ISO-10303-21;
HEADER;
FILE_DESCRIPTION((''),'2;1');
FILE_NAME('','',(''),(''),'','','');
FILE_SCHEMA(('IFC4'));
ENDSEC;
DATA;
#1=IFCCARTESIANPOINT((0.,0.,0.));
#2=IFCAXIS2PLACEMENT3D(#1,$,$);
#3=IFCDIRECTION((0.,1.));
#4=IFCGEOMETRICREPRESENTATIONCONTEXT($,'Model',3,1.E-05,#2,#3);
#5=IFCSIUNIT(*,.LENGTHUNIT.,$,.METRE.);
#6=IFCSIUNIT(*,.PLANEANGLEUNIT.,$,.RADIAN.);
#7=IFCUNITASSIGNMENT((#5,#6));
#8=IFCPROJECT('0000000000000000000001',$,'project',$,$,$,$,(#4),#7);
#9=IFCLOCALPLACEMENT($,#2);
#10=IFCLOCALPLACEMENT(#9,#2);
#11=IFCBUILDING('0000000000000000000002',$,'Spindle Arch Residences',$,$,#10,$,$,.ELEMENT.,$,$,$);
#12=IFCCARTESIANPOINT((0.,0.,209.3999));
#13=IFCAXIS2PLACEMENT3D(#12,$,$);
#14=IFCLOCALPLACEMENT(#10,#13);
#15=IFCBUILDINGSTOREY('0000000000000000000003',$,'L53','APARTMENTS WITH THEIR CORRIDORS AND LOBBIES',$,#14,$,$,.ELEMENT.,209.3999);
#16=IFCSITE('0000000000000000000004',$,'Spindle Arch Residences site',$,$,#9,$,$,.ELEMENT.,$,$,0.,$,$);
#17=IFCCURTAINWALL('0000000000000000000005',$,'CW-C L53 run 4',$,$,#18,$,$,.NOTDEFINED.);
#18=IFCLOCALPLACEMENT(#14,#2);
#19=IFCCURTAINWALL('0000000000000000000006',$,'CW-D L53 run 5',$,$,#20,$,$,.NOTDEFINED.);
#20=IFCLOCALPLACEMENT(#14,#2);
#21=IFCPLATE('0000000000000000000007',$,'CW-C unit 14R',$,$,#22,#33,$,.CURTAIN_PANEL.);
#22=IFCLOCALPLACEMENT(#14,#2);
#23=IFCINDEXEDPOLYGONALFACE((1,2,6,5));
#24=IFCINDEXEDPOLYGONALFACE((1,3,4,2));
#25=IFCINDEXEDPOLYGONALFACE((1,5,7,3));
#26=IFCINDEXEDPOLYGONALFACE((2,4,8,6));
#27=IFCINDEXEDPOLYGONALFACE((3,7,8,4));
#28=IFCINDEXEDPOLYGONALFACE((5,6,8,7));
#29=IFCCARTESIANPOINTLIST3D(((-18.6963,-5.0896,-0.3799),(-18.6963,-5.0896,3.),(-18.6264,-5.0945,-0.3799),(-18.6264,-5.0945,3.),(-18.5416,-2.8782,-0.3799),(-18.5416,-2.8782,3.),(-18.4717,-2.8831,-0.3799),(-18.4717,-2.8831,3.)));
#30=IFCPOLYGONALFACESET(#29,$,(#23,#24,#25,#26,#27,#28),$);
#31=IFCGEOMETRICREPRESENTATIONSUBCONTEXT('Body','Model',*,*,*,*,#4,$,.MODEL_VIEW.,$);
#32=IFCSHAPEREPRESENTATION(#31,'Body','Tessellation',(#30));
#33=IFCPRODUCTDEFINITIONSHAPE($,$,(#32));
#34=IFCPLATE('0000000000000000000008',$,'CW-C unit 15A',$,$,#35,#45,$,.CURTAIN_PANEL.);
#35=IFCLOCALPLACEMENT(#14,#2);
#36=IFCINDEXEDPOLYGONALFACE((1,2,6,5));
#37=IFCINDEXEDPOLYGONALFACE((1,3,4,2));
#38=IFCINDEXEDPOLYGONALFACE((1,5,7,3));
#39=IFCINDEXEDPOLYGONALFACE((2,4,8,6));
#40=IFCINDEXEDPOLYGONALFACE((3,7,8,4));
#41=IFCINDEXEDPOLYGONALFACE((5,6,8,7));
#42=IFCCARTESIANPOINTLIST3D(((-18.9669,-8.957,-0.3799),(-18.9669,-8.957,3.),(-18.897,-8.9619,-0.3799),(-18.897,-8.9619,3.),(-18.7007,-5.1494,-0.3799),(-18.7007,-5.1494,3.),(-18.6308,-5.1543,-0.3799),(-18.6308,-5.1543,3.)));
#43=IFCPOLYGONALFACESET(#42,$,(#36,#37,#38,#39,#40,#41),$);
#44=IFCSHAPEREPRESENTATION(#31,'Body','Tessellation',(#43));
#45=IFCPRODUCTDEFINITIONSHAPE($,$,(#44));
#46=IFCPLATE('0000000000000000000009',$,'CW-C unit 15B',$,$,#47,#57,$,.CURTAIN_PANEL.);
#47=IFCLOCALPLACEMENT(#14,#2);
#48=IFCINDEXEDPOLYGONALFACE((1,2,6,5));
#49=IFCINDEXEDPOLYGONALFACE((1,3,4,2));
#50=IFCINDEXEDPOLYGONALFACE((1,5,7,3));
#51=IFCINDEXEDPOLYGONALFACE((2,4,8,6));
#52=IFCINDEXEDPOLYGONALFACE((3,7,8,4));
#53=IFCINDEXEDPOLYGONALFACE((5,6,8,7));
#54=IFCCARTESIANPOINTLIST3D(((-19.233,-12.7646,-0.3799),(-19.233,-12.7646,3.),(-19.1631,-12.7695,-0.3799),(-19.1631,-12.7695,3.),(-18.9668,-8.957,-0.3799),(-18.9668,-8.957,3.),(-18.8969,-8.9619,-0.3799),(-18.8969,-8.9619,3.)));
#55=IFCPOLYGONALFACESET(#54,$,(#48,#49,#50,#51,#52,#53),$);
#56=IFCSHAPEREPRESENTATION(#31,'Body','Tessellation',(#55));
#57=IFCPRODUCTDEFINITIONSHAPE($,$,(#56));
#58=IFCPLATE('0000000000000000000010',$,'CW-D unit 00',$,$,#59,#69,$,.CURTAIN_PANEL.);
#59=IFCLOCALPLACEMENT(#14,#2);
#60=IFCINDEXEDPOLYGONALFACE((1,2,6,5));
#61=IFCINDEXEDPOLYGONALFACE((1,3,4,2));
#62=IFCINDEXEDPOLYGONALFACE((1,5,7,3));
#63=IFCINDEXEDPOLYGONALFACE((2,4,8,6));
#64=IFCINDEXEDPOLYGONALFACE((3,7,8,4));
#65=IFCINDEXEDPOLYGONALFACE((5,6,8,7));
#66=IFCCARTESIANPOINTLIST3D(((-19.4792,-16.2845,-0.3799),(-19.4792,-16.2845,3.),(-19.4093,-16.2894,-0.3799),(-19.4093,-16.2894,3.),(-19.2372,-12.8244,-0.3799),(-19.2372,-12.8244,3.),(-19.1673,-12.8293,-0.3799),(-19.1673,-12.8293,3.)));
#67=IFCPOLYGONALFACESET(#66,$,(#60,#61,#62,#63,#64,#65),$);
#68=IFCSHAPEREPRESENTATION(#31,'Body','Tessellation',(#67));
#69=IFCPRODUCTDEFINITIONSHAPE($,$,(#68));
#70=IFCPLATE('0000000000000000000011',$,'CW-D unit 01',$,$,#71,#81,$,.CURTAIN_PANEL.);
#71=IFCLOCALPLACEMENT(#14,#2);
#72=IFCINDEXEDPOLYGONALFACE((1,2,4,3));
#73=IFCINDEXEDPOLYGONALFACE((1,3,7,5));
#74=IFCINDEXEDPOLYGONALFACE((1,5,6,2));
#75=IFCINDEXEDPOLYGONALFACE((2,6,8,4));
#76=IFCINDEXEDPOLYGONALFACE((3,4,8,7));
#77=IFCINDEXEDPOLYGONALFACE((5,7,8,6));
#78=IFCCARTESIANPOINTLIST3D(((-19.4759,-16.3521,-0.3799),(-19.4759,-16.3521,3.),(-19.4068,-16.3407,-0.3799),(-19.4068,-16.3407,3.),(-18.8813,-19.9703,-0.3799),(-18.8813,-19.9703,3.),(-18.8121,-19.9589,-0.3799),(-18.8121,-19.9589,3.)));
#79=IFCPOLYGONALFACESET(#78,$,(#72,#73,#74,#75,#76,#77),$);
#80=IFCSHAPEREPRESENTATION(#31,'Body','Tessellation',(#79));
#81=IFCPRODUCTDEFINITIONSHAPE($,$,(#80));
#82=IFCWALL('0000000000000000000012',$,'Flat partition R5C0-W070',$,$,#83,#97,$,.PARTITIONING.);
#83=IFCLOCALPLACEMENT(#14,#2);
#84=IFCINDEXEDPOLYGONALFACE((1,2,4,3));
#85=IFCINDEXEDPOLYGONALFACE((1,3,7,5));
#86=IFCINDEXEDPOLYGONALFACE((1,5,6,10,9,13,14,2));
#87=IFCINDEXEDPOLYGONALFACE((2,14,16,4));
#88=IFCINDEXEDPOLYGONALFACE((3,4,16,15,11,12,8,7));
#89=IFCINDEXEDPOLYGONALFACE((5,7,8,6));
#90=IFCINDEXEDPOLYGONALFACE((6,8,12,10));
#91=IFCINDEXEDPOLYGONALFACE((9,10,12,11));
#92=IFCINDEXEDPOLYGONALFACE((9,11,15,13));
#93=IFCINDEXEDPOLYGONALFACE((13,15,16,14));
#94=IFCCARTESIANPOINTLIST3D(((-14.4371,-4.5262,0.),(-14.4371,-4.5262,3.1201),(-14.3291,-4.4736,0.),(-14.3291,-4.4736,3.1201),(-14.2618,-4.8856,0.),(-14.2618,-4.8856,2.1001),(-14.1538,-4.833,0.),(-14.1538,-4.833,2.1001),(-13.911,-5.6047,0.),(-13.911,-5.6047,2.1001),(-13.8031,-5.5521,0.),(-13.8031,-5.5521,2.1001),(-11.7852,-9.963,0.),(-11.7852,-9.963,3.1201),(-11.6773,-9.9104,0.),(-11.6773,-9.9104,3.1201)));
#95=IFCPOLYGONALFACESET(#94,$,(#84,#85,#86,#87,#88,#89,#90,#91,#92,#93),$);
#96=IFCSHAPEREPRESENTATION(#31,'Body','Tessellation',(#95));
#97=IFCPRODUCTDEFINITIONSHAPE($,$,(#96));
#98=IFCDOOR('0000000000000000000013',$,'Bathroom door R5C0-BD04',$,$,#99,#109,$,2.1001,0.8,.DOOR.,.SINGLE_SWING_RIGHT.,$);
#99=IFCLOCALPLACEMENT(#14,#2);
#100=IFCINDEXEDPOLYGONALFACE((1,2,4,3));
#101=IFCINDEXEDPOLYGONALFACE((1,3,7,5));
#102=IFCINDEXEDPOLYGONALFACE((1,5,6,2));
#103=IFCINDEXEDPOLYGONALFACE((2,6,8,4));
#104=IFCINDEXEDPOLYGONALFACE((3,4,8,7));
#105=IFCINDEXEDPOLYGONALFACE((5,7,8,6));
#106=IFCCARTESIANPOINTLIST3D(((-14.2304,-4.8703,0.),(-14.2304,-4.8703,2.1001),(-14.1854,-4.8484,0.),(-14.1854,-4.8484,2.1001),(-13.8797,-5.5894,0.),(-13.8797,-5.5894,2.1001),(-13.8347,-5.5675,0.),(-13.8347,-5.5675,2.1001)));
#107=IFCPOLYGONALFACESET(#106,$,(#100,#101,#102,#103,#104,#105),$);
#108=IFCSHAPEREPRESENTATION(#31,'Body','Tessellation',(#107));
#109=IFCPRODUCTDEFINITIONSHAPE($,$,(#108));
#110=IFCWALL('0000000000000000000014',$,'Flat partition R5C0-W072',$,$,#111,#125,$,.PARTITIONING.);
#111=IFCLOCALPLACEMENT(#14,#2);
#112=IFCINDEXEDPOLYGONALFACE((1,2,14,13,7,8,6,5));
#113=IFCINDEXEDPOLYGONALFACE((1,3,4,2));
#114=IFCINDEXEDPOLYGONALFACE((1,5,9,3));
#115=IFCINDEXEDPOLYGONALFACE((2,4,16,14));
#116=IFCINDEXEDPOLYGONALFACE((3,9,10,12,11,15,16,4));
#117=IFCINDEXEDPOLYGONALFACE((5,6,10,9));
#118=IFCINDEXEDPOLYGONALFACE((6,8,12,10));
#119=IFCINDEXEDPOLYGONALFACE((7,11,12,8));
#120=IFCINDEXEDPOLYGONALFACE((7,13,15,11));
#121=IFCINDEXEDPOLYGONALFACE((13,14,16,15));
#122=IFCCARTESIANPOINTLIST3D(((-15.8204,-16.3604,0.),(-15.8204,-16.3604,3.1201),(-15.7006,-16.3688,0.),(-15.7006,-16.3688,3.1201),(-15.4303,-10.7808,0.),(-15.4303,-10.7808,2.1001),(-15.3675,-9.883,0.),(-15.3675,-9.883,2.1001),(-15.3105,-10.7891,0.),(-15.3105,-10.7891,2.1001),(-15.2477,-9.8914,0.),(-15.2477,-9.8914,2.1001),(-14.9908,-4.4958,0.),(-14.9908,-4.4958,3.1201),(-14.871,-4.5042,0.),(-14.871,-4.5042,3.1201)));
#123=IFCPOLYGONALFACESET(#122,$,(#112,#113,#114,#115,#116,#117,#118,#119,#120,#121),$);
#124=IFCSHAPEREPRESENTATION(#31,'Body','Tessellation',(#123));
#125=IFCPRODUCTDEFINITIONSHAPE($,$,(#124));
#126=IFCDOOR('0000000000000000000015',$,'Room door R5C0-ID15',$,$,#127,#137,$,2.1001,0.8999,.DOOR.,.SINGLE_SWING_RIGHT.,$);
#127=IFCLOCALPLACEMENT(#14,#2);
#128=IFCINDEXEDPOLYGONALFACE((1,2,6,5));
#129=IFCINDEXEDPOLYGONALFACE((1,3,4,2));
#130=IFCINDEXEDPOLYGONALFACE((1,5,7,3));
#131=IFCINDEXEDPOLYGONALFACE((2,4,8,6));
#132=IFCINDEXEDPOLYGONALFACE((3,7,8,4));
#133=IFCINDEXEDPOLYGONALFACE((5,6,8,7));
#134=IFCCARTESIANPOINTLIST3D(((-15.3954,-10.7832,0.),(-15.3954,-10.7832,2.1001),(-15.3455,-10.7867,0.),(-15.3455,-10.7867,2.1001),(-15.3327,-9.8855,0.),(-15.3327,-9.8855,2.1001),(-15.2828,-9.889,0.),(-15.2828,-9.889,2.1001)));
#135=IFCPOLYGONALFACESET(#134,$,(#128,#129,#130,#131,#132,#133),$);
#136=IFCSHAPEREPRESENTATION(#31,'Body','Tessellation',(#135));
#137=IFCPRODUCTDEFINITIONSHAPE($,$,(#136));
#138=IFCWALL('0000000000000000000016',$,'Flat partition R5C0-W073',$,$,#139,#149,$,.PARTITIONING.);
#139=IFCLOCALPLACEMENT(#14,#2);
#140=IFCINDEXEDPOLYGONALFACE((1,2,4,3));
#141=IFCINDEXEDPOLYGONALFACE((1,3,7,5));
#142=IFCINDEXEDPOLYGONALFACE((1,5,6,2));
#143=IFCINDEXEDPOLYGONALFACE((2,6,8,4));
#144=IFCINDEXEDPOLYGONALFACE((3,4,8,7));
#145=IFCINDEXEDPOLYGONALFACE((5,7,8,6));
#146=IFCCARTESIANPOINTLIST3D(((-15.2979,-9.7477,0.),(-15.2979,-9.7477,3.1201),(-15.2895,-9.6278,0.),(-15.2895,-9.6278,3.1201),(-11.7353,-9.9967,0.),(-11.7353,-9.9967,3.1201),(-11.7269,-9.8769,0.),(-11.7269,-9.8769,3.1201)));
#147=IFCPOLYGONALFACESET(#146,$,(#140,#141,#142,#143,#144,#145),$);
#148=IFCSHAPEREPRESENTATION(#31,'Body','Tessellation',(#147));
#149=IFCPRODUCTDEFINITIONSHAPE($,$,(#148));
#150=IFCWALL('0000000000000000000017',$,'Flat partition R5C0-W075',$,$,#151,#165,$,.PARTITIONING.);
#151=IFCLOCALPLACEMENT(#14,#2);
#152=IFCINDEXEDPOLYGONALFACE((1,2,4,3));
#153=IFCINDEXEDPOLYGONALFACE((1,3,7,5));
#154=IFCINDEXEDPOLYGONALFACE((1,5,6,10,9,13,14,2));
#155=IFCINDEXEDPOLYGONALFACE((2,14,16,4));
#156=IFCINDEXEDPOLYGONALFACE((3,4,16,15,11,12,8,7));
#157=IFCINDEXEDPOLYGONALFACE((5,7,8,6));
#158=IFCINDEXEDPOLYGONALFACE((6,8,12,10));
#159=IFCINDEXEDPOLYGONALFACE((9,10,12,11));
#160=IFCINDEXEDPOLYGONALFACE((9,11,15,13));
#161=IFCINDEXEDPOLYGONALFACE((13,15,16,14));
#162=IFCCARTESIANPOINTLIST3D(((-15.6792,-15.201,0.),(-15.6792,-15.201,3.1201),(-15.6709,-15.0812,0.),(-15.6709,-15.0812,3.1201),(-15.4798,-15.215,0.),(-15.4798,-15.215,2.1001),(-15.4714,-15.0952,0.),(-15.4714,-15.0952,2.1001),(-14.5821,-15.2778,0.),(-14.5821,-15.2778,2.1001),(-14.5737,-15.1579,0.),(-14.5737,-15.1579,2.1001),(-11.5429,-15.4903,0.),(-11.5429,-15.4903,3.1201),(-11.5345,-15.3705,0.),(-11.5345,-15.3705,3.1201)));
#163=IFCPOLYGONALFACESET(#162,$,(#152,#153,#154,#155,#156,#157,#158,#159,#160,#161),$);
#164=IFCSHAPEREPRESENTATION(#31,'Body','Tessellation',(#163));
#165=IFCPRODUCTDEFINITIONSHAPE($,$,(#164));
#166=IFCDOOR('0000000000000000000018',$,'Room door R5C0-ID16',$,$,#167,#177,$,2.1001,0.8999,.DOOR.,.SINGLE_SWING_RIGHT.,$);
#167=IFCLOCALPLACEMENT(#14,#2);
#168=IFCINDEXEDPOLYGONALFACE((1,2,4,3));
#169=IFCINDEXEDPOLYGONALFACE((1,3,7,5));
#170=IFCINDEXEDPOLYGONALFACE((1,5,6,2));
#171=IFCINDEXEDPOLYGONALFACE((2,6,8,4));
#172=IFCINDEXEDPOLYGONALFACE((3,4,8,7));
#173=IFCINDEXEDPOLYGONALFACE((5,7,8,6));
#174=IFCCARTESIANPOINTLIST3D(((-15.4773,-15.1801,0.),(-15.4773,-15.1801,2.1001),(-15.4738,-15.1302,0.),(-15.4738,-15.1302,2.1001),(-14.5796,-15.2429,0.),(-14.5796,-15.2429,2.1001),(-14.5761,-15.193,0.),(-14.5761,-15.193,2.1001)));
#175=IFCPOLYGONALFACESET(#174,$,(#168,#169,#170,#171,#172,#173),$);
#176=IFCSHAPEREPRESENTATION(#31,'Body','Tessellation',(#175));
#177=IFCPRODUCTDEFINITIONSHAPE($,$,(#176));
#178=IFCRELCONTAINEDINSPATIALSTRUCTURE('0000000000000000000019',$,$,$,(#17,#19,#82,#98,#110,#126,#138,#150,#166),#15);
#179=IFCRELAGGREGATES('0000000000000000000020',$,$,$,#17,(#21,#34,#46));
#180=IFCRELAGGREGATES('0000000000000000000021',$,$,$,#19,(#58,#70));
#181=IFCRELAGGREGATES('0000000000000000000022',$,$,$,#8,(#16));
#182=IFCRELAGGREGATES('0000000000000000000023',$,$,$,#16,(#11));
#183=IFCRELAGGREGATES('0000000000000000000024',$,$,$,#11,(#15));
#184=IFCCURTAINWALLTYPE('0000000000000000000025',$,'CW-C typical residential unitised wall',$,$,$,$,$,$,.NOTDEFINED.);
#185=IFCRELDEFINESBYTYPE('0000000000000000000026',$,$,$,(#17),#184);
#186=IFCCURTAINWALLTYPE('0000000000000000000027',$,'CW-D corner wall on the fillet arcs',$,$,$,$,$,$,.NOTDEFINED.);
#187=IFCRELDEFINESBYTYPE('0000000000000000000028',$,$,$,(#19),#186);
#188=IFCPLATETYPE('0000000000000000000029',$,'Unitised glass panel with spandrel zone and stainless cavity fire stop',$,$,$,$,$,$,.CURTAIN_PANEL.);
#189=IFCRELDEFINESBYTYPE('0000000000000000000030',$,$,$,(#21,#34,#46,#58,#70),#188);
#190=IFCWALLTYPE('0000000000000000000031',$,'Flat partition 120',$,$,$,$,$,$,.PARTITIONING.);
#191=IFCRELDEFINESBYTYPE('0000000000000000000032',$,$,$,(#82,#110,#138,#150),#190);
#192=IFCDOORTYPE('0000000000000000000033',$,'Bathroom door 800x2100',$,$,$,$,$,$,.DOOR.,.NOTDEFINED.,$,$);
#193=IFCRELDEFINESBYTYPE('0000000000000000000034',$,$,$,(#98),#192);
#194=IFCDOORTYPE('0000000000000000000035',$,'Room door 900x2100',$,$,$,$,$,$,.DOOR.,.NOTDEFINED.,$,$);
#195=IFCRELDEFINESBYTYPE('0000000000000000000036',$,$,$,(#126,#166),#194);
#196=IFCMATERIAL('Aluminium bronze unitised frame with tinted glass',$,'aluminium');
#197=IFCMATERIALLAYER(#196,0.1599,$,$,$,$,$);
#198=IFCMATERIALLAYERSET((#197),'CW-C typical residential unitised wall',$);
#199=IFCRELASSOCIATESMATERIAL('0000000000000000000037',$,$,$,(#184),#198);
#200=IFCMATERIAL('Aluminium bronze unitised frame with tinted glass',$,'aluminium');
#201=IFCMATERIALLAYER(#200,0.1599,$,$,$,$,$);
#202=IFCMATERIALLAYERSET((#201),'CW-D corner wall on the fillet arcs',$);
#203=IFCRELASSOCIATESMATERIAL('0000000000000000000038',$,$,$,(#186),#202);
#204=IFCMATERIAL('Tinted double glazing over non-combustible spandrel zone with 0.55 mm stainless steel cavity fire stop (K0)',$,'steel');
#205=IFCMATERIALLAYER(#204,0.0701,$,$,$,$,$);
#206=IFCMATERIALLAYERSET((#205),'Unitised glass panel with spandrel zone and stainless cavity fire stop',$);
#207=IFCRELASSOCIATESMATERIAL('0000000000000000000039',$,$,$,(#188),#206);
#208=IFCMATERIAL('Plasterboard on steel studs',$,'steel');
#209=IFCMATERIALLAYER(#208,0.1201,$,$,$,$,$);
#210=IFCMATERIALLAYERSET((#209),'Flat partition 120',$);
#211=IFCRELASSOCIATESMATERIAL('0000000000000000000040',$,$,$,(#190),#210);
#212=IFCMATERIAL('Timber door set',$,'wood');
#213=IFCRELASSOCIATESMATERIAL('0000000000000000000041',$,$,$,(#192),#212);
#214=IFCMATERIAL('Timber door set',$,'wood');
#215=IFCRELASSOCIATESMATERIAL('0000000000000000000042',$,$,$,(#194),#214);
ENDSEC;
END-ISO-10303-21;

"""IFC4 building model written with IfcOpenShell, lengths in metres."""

from ifc_helpers import new_model, si_unit, direction, frame, frame_2d, origin, origin_2d, place, context, subcontext, project, spatial, rectangle, extrude, material, layer, layer_set, type_object, element, fill, aggregate, save


model = new_model("IFC4")

# Units and contexts
model_context = context("Model", 3, precision=1e-05, world=origin(), true_north=direction((0.0, 1.0)))
body_context = subcontext(model_context, "Body", "Model", "MODEL_VIEW")
ifc_project = project(units=[si_unit("LENGTHUNIT", "METRE"), si_unit("PLANEANGLEUNIT", "RADIAN")], contexts=[model_context])

# Site, building, storey
site_placement = place(None, origin())
site = spatial("IfcSite", under=ifc_project, at=site_placement, Name="Spindle Arch Residences site", CompositionType="ELEMENT", RefElevation=0.0)
building_placement = place(site_placement, origin())
building = spatial("IfcBuilding", under=site, at=building_placement, Name="Spindle Arch Residences", CompositionType="ELEMENT")
storey_placement = place(building_placement, frame((0.0, 0.0, 209.3999)))
storey = spatial("IfcBuildingStorey", under=building, at=storey_placement, Name="L53", Description="APARTMENTS WITH THEIR CORRIDORS AND LOBBIES", CompositionType="ELEMENT", Elevation=209.3999)

# Curtain wall
ifc_material_1 = material(Name="Aluminium bronze unitised frame with tinted glass", Category="aluminium")
ifc_layer_1 = layer(ifc_material_1, 0.1599)
ifc_layer_set_1 = layer_set([ifc_layer_1], Name="CW-C typical residential unitised wall")
curtain_wall_type_1 = type_object("IfcCurtainWallType", Name="CW-C typical residential unitised wall", PredefinedType="NOTDEFINED", material=ifc_layer_set_1)
curtain_wall_1_placement = place(storey_placement, origin())
curtain_wall_1 = element("IfcCurtainWall", 1, at=curtain_wall_1_placement, inside=storey, type_object=curtain_wall_type_1, Name="CW-C L53 run 4", PredefinedType="NOTDEFINED")

# Curtain wall
ifc_material_2 = material(Name="Aluminium bronze unitised frame with tinted glass", Category="aluminium")
ifc_layer_2 = layer(ifc_material_2, 0.1599)
ifc_layer_set_2 = layer_set([ifc_layer_2], Name="CW-D corner wall on the fillet arcs")
curtain_wall_type_2 = type_object("IfcCurtainWallType", Name="CW-D corner wall on the fillet arcs", PredefinedType="NOTDEFINED", material=ifc_layer_set_2)
curtain_wall_2_placement = place(storey_placement, origin())
curtain_wall_2 = element("IfcCurtainWall", 2, at=curtain_wall_2_placement, inside=storey, type_object=curtain_wall_type_2, Name="CW-D L53 run 5", PredefinedType="NOTDEFINED")

# Plates
ifc_material_3 = material(Name="Tinted double glazing over non-combustible spandrel zone with 0.55 mm stainless steel cavity fire stop (K0)", Category="steel")
ifc_layer_3 = layer(ifc_material_3, 0.0701)
ifc_layer_set_3 = layer_set([ifc_layer_3], Name="Unitised glass panel with spandrel zone and stainless cavity fire stop")
plate_type = type_object("IfcPlateType", Name="Unitised glass panel with spandrel zone and stainless cavity fire stop", PredefinedType="CURTAIN_PANEL", material=ifc_layer_set_3)
plate_1_placement = place(storey_placement, frame((-18.584, -3.9863, -0.3799), z_axis=(0.0, 0.0, 1.0), x_axis=(-0.069756, -0.997564, 0.0)))
plate_1 = element("IfcPlate", 3, at=plate_1_placement, type_object=plate_type, Name="CW-C unit 14R", PredefinedType="CURTAIN_PANEL", context=body_context, shape_type="SweptSolid", body=[
    extrude(rectangle(XDim=2.2168, YDim=0.0701, at=origin_2d()), origin(), (0.0, 0.0, 1.0), 3.3799),
])
plate_2_placement = place(storey_placement, frame((-18.7988, -7.0557, -0.3799), z_axis=(0.0, 0.0, 1.0), x_axis=(-0.069756, -0.997564, 0.0)))
plate_2 = element("IfcPlate", 4, at=plate_2_placement, type_object=plate_type, Name="CW-C unit 15A", PredefinedType="CURTAIN_PANEL", context=body_context, shape_type="SweptSolid", body=[
    extrude(rectangle(XDim=3.8169, YDim=0.0701, at=origin_2d()), origin(), (0.0, 0.0, 1.0), 3.3799),
])
plate_3_placement = place(storey_placement, frame((-19.0649, -10.8633, -0.3799), z_axis=(0.0, 0.0, 1.0), x_axis=(-0.069756, -0.997564, 0.0)))
plate_3 = element("IfcPlate", 5, at=plate_3_placement, type_object=plate_type, Name="CW-C unit 15B", PredefinedType="CURTAIN_PANEL", context=body_context, shape_type="SweptSolid", body=[
    extrude(rectangle(XDim=3.8169, YDim=0.0701, at=origin_2d()), origin(), (0.0, 0.0, 1.0), 3.3799),
])
aggregate(curtain_wall_1, [plate_1, plate_2, plate_3])
plate_4_placement = place(storey_placement, frame((-19.3232, -14.5569, -0.3799), z_axis=(0.0, 0.0, 1.0), x_axis=(-0.069756, -0.997564, 0.0)))
plate_4 = element("IfcPlate", 6, at=plate_4_placement, type_object=plate_type, Name="CW-D unit 00", PredefinedType="CURTAIN_PANEL", context=body_context, shape_type="SweptSolid", body=[
    extrude(rectangle(XDim=3.4685, YDim=0.0701, at=origin_2d()), origin(), (0.0, 0.0, 1.0), 3.3799),
])
plate_5_placement = place(storey_placement, frame((-19.144, -18.1555, -0.3799), z_axis=(0.0, 0.0, 1.0), x_axis=(0.162178, -0.986762, 0.0)))
plate_5 = element("IfcPlate", 7, at=plate_5_placement, type_object=plate_type, Name="CW-D unit 01", PredefinedType="CURTAIN_PANEL", context=body_context, shape_type="SweptSolid", body=[
    extrude(rectangle(XDim=3.6667, YDim=0.0701, at=origin_2d()), origin(), (0.0, 0.0, 1.0), 3.3799),
])
aggregate(curtain_wall_2, [plate_4, plate_5])

# Walls, openings, doors
ifc_material_4 = material(Name="Plasterboard on steel studs", Category="steel")
ifc_layer_4 = layer(ifc_material_4, 0.1201)
ifc_layer_set_4 = layer_set([ifc_layer_4], Name="Flat partition 120")
wall_type_1 = type_object("IfcWallType", Name="Flat partition 120", PredefinedType="PARTITIONING", material=ifc_layer_set_4)
wall_1_placement = place(storey_placement, frame((-14.3831, -4.5, 0.0), z_axis=(0.0, 0.0, 1.0), x_axis=(0.438393, -0.898783, 0.0)))
wall_1 = element("IfcWall", 8, at=wall_1_placement, inside=storey, type_object=wall_type_1, Name="Flat partition R5C0-W070", PredefinedType="PARTITIONING", context=body_context, shape_type="SweptSolid", body=[
    extrude(rectangle(XDim=6.0491, YDim=0.1201, at=frame_2d((3.0244, 0.0))), origin(), (0.0, 0.0, 1.0), 3.1201),
])
opening_1_placement = place(wall_1_placement, frame((0.3999, 0.0, 0.0)))
opening_1 = element("IfcOpeningElement", 9, at=opening_1_placement, cuts=wall_1, PredefinedType="OPENING", context=body_context, shape_type="SweptSolid", body=[
    extrude(rectangle(XDim=0.8, YDim=2.1001, at=frame_2d((0.3999, 1.05))), frame((0.0, 0.0701, 0.0), z_axis=(0.0, -1.0, 0.0), x_axis=(1.0, 0.0, 0.0)), (0.0, 0.0, 1.0), 0.1401),
])
ifc_material_5 = material(Name="Timber door set", Category="wood")
door_type_1 = type_object("IfcDoorType", Name="Bathroom door 800x2100", OperationType="NOTDEFINED", PredefinedType="DOOR", material=ifc_material_5)
door_1_placement = place(opening_1_placement, origin())
door_1 = element("IfcDoor", 10, at=door_1_placement, inside=storey, type_object=door_type_1, Name="Bathroom door R5C0-BD04", OperationType="SINGLE_SWING_RIGHT", OverallHeight=2.1001, OverallWidth=0.8, PredefinedType="DOOR", context=body_context, shape_type="SweptSolid", body=[
    extrude(rectangle(XDim=0.8, YDim=2.1001, at=frame_2d((0.3999, 1.05))), frame((0.0, 0.0249, 0.0), z_axis=(0.0, -1.0, 0.0), x_axis=(1.0, 0.0, 0.0)), (0.0, 0.0, 1.0), 0.05),
])
fill(opening_1, door_1)
wall_2_placement = place(storey_placement, frame((-14.9309, -4.5, 0.0), z_axis=(0.0, 0.0, 1.0), x_axis=(-0.069752, -0.997564, 0.0)))
wall_2 = element("IfcWall", 11, at=wall_2_placement, inside=storey, type_object=wall_type_1, Name="Flat partition R5C0-W072", PredefinedType="PARTITIONING", context=body_context, shape_type="SweptSolid", body=[
    extrude(rectangle(XDim=11.8936, YDim=0.1201, at=frame_2d((5.9468, 0.0))), origin(), (0.0, 0.0, 1.0), 3.1201),
])
opening_2_placement = place(wall_2_placement, frame((5.4004, 0.0, 0.0)))
opening_2 = element("IfcOpeningElement", 12, at=opening_2_placement, cuts=wall_2, PredefinedType="OPENING", context=body_context, shape_type="SweptSolid", body=[
    extrude(rectangle(XDim=0.8999, YDim=2.1001, at=frame_2d((0.45, 1.05))), frame((0.0, 0.0701, 0.0), z_axis=(0.0, -1.0, 0.0), x_axis=(1.0, 0.0, 0.0)), (0.0, 0.0, 1.0), 0.1401),
])
ifc_material_6 = material(Name="Timber door set", Category="wood")
door_type_2 = type_object("IfcDoorType", Name="Room door 900x2100", OperationType="NOTDEFINED", PredefinedType="DOOR", material=ifc_material_6)
door_2_placement = place(opening_2_placement, origin())
door_2 = element("IfcDoor", 13, at=door_2_placement, inside=storey, type_object=door_type_2, Name="Room door R5C0-ID15", OperationType="SINGLE_SWING_RIGHT", OverallHeight=2.1001, OverallWidth=0.8999, PredefinedType="DOOR", context=body_context, shape_type="SweptSolid", body=[
    extrude(rectangle(XDim=0.8999, YDim=2.1001, at=frame_2d((0.45, 1.05))), frame((0.0, 0.0249, 0.0), z_axis=(0.0, -1.0, 0.0), x_axis=(1.0, 0.0, 0.0)), (0.0, 0.0, 1.0), 0.05),
])
fill(opening_2, door_2)

# Wall
wall_3_placement = place(storey_placement, frame((-15.2937, -9.6877, 0.0), z_axis=(0.0, 0.0, 1.0), x_axis=(0.997566, -0.069731, 0.0)))
element("IfcWall", 14, at=wall_3_placement, inside=storey, type_object=wall_type_1, Name="Flat partition R5C0-W073", PredefinedType="PARTITIONING", context=body_context, shape_type="SweptSolid", body=[
    extrude(rectangle(XDim=3.5713, YDim=0.1201, at=frame_2d((1.7856, 0.0))), origin(), (0.0, 0.0, 1.0), 3.1201),
])

# Wall, opening, door
wall_4_placement = place(storey_placement, frame((-15.675, -15.1411, 0.0), z_axis=(0.0, 0.0, 1.0), x_axis=(0.997563, -0.06977, 0.0)))
wall_4 = element("IfcWall", 15, at=wall_4_placement, inside=storey, type_object=wall_type_1, Name="Flat partition R5C0-W075", PredefinedType="PARTITIONING", context=body_context, shape_type="SweptSolid", body=[
    extrude(rectangle(XDim=4.1465, YDim=0.1201, at=frame_2d((2.0732, 0.0))), origin(), (0.0, 0.0, 1.0), 3.1201),
])
opening_3_placement = place(wall_4_placement, frame((0.2, 0.0, 0.0)))
opening_3 = element("IfcOpeningElement", 16, at=opening_3_placement, cuts=wall_4, PredefinedType="OPENING", context=body_context, shape_type="SweptSolid", body=[
    extrude(rectangle(XDim=0.8999, YDim=2.1001, at=frame_2d((0.45, 1.05))), frame((0.0, 0.0701, 0.0), z_axis=(0.0, -1.0, 0.0), x_axis=(1.0, 0.0, 0.0)), (0.0, 0.0, 1.0), 0.1401),
])
door_3_placement = place(opening_3_placement, origin())
door_3 = element("IfcDoor", 17, at=door_3_placement, inside=storey, type_object=door_type_2, Name="Room door R5C0-ID16", OperationType="SINGLE_SWING_RIGHT", OverallHeight=2.1001, OverallWidth=0.8999, PredefinedType="DOOR", context=body_context, shape_type="SweptSolid", body=[
    extrude(rectangle(XDim=0.8999, YDim=2.1001, at=frame_2d((0.45, 1.05))), frame((0.0, 0.0249, 0.0), z_axis=(0.0, -1.0, 0.0), x_axis=(1.0, 0.0, 0.0)), (0.0, 0.0, 1.0), 0.05),
])
fill(opening_3, door_3)

save(model, "model.ifc")
